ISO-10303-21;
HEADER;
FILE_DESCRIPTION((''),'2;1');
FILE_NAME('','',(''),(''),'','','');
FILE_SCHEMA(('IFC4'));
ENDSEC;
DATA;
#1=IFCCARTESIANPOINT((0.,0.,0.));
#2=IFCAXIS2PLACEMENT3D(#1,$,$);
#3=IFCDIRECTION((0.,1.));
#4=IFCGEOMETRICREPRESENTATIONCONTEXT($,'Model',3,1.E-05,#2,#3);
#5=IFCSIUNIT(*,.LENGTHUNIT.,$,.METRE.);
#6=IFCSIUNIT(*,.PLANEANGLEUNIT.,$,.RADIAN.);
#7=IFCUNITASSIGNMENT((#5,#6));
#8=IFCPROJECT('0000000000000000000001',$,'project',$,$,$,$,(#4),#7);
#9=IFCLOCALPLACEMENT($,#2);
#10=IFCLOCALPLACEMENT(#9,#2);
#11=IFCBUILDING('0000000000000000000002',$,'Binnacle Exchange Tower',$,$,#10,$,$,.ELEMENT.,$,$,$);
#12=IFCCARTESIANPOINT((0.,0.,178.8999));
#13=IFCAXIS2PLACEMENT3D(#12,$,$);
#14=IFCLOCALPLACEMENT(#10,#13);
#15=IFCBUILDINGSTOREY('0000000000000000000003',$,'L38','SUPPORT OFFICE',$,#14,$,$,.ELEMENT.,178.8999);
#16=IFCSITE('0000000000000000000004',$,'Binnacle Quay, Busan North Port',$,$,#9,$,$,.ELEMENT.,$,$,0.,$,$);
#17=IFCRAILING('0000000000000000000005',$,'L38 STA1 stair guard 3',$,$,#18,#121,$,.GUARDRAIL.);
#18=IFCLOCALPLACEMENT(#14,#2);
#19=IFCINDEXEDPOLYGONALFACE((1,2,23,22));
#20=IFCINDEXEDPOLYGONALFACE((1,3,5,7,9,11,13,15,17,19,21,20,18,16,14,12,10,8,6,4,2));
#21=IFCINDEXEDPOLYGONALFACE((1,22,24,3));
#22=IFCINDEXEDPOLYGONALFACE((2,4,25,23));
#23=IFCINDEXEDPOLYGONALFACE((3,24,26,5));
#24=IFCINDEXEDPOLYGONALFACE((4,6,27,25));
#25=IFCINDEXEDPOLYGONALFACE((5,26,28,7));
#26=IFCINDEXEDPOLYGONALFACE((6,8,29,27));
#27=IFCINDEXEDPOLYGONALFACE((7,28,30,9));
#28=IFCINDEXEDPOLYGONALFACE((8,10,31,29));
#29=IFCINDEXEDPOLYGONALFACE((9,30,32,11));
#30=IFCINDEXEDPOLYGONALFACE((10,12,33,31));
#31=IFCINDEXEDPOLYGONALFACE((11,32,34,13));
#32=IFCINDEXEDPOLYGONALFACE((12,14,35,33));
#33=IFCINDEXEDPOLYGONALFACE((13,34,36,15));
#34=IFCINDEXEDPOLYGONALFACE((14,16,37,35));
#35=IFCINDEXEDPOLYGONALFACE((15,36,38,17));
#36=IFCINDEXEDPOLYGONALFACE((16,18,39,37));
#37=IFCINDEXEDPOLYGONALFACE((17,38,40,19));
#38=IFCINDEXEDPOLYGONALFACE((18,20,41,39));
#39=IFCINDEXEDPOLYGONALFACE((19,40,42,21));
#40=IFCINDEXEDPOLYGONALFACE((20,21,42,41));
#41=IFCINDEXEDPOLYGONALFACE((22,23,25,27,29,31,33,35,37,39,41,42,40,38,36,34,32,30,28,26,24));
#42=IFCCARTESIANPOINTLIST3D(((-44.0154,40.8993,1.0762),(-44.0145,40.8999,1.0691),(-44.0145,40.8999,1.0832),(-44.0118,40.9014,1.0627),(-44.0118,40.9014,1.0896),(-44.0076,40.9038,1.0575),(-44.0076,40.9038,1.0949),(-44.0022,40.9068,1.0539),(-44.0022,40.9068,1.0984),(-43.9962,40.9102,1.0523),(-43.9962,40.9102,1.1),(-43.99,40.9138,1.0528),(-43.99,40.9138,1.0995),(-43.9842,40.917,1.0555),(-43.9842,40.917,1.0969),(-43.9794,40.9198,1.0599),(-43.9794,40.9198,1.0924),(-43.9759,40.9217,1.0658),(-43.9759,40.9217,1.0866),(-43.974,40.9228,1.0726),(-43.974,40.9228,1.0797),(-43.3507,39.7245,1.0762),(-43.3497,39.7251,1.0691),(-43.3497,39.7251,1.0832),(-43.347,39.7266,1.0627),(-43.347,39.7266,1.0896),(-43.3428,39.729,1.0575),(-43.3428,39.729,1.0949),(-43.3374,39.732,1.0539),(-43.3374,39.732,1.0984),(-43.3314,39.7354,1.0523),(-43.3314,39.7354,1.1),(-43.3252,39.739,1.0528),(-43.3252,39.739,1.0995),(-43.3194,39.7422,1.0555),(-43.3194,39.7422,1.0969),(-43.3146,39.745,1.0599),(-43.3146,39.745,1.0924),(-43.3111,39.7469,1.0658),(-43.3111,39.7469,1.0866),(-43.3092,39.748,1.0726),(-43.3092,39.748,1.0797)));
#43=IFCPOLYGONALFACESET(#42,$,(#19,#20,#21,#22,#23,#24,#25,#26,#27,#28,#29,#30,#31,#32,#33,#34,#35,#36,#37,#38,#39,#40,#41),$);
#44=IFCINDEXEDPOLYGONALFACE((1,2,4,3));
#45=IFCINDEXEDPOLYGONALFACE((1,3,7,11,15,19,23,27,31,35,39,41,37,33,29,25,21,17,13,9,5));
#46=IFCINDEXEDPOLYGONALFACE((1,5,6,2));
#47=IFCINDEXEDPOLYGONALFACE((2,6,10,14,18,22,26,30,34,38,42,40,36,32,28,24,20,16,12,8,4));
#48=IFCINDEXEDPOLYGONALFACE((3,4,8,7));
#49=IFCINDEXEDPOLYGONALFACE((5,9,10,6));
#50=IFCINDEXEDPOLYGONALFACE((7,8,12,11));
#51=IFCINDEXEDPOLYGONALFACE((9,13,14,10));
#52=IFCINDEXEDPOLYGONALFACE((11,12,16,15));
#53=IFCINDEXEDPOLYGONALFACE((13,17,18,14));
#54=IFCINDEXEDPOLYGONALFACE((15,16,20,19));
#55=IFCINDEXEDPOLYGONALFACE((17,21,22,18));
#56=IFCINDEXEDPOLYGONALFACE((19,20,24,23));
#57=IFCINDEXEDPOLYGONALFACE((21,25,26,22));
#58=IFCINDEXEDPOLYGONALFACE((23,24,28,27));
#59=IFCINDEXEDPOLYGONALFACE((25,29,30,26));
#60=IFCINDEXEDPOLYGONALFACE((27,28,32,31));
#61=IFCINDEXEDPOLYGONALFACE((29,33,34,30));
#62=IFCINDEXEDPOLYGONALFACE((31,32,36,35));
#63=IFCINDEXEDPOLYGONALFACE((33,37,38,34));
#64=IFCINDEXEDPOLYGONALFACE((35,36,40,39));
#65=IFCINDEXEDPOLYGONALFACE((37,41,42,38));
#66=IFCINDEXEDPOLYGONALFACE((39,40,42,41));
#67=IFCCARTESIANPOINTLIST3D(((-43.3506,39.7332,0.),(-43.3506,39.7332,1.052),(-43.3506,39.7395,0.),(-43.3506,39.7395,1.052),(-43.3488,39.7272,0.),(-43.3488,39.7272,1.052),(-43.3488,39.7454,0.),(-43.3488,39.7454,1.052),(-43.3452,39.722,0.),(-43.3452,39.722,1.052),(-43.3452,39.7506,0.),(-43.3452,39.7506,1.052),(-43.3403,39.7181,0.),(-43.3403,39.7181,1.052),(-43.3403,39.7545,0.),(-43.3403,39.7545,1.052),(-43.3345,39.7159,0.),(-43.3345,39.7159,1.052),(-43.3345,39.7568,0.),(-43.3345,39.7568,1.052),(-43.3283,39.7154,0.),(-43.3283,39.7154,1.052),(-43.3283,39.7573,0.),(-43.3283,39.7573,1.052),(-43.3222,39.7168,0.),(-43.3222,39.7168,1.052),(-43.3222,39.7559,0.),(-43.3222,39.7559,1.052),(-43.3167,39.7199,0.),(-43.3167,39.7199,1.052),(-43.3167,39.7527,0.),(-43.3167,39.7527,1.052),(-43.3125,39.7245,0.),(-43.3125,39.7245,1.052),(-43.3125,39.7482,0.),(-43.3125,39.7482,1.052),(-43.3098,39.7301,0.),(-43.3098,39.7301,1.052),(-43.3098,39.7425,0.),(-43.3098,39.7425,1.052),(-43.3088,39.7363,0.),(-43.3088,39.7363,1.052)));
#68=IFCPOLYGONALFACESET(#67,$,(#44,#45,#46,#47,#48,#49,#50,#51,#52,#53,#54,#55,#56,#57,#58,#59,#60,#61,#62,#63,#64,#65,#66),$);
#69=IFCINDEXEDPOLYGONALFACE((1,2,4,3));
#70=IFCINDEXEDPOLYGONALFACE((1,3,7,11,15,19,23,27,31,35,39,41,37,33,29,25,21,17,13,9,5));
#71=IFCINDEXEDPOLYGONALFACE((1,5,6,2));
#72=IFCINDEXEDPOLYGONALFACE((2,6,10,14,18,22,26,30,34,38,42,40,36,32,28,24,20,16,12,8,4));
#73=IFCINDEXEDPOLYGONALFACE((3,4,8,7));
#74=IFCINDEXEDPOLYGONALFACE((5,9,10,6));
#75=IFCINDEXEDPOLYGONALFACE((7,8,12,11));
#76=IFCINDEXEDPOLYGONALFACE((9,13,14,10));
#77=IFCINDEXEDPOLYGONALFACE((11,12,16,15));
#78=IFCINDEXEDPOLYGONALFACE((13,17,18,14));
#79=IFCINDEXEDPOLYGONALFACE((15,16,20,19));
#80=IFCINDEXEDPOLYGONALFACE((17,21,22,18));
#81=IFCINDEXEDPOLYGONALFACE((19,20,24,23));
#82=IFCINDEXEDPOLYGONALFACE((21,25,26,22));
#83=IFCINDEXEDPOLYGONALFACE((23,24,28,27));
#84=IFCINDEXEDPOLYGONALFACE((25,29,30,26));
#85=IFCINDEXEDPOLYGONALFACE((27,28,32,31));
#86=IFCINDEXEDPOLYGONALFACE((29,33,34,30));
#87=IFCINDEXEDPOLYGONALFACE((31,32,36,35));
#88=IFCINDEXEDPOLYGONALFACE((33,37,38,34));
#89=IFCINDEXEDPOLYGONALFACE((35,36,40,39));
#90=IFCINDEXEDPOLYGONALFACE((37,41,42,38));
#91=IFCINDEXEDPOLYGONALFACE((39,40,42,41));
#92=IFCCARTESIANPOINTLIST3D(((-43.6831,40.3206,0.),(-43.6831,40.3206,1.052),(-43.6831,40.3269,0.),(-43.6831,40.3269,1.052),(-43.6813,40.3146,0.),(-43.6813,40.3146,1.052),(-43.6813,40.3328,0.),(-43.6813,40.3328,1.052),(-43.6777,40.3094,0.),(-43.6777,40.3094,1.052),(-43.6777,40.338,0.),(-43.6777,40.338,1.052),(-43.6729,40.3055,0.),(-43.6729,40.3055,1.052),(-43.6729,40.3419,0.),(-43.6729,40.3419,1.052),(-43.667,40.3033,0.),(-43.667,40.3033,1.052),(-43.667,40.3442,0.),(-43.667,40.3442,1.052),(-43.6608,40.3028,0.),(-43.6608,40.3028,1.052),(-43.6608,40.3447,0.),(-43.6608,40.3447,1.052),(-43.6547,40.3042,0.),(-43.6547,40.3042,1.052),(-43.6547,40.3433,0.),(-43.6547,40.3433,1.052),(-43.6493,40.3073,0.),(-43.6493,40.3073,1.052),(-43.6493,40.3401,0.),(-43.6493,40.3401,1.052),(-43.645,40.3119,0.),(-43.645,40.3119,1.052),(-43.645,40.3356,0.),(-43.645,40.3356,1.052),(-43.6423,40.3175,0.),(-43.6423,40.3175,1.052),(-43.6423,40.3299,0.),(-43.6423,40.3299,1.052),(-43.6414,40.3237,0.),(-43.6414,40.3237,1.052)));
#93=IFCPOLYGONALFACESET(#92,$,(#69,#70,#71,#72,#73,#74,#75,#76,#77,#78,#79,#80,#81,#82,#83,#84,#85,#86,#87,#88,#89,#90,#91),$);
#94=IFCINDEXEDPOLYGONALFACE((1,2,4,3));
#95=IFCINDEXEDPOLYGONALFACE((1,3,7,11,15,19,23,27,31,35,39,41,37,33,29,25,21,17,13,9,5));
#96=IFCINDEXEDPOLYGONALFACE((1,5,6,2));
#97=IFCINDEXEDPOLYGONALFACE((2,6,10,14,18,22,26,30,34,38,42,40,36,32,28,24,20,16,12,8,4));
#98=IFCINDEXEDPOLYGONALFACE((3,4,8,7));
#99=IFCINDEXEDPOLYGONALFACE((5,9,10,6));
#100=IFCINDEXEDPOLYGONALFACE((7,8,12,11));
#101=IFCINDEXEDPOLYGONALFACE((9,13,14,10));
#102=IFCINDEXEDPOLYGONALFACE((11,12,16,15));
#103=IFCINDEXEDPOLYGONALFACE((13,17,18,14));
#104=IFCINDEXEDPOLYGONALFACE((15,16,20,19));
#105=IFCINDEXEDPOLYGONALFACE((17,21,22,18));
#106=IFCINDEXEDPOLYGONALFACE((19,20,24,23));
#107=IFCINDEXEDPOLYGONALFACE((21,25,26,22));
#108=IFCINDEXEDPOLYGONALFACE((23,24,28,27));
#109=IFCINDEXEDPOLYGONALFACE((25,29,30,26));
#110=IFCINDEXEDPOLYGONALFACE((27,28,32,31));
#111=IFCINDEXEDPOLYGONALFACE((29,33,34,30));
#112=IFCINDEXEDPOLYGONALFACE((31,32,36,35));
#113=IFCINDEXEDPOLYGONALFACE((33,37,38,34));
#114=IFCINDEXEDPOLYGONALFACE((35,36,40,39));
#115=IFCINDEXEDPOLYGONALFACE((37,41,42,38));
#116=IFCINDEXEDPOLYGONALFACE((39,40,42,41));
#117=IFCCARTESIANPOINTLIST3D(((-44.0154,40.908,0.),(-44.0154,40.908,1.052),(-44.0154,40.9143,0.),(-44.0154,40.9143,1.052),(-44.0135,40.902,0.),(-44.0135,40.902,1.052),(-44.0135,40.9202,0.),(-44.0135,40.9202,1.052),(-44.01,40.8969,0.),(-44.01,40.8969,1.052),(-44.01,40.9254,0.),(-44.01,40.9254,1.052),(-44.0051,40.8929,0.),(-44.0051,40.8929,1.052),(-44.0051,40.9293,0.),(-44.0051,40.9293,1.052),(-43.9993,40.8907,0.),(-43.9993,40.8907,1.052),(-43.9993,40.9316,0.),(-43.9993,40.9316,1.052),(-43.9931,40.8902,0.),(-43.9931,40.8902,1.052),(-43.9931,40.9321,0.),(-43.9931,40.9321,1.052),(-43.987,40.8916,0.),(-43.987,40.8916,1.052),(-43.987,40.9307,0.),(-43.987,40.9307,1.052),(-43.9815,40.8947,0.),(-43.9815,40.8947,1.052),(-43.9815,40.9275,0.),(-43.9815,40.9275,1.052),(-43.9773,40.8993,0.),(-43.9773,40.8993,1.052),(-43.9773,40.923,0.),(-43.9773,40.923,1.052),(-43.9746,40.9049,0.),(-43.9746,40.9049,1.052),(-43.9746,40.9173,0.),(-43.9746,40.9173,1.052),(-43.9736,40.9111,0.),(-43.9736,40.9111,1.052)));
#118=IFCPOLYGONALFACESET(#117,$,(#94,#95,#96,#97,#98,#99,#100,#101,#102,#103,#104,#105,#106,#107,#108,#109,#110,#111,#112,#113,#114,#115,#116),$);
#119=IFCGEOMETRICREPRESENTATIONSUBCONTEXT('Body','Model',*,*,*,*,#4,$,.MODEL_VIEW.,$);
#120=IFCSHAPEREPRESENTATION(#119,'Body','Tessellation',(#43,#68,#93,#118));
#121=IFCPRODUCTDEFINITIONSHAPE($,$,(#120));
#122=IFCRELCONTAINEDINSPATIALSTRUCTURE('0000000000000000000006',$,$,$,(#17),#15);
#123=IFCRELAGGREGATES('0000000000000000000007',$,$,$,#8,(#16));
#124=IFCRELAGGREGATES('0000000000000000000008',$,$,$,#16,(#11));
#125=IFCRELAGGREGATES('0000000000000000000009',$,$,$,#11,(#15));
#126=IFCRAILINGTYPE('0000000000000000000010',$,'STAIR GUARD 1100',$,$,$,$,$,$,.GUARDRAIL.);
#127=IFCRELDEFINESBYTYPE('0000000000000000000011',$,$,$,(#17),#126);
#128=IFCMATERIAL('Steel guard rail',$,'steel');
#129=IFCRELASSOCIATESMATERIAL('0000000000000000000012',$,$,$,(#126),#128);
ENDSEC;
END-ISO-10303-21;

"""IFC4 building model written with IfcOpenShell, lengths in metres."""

from ifc_helpers import new_model, si_unit, direction, frame, origin, origin_2d, place, context, subcontext, project, spatial, circle, extrude, material, type_object, element, save


model = new_model("IFC4")

# Units and contexts
model_context = context("Model", 3, precision=1e-05, world=origin(), true_north=direction((0.0, 1.0)))
body_context = subcontext(model_context, "Body", "Model", "MODEL_VIEW")
ifc_project = project(units=[si_unit("LENGTHUNIT", "METRE"), si_unit("PLANEANGLEUNIT", "RADIAN")], contexts=[model_context])

# Site, building, storey
site_placement = place(None, origin())
site = spatial("IfcSite", under=ifc_project, at=site_placement, Name="Binnacle Quay, Busan North Port", CompositionType="ELEMENT", RefElevation=0.0)
building_placement = place(site_placement, origin())
building = spatial("IfcBuilding", under=site, at=building_placement, Name="Binnacle Exchange Tower", CompositionType="ELEMENT")
storey_placement = place(building_placement, frame((0.0, 0.0, 178.8999)))
storey = spatial("IfcBuildingStorey", under=building, at=storey_placement, Name="L38", Description="SUPPORT OFFICE", CompositionType="ELEMENT", Elevation=178.8999)

# Railing
ifc_material_1 = material(Name="Steel guard rail", Category="steel")
railing_type_1 = type_object("IfcRailingType", Name="STAIR GUARD 1100", PredefinedType="GUARDRAIL", material=ifc_material_1)
railing_1_placement = place(storey_placement, frame((-43.3298, 39.7363, 0.0)))
element("IfcRailing", 1, at=railing_1_placement, inside=storey, type_object=railing_type_1, Name="L38 STA1 stair guard 3", PredefinedType="GUARDRAIL", context=body_context, shape_type="SweptSolid", body=[
    extrude(circle(Radius=0.0239, at=origin_2d()), frame((0.0, 0.0, 1.0762), z_axis=(-0.492492, 0.870317, 0.0), x_axis=(-0.870317, -0.492492, 0.0)), (0.0, 0.0, 1.0), 1.3499),
    extrude(circle(Radius=0.021, at=origin_2d()), origin(), (0.0, 0.0, 1.0), 1.052),
    extrude(circle(Radius=0.021, at=origin_2d()), frame((-0.3325, 0.5874, 0.0)), (0.0, 0.0, 1.0), 1.052),
    extrude(circle(Radius=0.021, at=origin_2d()), frame((-0.6648, 1.1748, 0.0)), (0.0, 0.0, 1.0), 1.052),
])

save(model, "model.ifc")
